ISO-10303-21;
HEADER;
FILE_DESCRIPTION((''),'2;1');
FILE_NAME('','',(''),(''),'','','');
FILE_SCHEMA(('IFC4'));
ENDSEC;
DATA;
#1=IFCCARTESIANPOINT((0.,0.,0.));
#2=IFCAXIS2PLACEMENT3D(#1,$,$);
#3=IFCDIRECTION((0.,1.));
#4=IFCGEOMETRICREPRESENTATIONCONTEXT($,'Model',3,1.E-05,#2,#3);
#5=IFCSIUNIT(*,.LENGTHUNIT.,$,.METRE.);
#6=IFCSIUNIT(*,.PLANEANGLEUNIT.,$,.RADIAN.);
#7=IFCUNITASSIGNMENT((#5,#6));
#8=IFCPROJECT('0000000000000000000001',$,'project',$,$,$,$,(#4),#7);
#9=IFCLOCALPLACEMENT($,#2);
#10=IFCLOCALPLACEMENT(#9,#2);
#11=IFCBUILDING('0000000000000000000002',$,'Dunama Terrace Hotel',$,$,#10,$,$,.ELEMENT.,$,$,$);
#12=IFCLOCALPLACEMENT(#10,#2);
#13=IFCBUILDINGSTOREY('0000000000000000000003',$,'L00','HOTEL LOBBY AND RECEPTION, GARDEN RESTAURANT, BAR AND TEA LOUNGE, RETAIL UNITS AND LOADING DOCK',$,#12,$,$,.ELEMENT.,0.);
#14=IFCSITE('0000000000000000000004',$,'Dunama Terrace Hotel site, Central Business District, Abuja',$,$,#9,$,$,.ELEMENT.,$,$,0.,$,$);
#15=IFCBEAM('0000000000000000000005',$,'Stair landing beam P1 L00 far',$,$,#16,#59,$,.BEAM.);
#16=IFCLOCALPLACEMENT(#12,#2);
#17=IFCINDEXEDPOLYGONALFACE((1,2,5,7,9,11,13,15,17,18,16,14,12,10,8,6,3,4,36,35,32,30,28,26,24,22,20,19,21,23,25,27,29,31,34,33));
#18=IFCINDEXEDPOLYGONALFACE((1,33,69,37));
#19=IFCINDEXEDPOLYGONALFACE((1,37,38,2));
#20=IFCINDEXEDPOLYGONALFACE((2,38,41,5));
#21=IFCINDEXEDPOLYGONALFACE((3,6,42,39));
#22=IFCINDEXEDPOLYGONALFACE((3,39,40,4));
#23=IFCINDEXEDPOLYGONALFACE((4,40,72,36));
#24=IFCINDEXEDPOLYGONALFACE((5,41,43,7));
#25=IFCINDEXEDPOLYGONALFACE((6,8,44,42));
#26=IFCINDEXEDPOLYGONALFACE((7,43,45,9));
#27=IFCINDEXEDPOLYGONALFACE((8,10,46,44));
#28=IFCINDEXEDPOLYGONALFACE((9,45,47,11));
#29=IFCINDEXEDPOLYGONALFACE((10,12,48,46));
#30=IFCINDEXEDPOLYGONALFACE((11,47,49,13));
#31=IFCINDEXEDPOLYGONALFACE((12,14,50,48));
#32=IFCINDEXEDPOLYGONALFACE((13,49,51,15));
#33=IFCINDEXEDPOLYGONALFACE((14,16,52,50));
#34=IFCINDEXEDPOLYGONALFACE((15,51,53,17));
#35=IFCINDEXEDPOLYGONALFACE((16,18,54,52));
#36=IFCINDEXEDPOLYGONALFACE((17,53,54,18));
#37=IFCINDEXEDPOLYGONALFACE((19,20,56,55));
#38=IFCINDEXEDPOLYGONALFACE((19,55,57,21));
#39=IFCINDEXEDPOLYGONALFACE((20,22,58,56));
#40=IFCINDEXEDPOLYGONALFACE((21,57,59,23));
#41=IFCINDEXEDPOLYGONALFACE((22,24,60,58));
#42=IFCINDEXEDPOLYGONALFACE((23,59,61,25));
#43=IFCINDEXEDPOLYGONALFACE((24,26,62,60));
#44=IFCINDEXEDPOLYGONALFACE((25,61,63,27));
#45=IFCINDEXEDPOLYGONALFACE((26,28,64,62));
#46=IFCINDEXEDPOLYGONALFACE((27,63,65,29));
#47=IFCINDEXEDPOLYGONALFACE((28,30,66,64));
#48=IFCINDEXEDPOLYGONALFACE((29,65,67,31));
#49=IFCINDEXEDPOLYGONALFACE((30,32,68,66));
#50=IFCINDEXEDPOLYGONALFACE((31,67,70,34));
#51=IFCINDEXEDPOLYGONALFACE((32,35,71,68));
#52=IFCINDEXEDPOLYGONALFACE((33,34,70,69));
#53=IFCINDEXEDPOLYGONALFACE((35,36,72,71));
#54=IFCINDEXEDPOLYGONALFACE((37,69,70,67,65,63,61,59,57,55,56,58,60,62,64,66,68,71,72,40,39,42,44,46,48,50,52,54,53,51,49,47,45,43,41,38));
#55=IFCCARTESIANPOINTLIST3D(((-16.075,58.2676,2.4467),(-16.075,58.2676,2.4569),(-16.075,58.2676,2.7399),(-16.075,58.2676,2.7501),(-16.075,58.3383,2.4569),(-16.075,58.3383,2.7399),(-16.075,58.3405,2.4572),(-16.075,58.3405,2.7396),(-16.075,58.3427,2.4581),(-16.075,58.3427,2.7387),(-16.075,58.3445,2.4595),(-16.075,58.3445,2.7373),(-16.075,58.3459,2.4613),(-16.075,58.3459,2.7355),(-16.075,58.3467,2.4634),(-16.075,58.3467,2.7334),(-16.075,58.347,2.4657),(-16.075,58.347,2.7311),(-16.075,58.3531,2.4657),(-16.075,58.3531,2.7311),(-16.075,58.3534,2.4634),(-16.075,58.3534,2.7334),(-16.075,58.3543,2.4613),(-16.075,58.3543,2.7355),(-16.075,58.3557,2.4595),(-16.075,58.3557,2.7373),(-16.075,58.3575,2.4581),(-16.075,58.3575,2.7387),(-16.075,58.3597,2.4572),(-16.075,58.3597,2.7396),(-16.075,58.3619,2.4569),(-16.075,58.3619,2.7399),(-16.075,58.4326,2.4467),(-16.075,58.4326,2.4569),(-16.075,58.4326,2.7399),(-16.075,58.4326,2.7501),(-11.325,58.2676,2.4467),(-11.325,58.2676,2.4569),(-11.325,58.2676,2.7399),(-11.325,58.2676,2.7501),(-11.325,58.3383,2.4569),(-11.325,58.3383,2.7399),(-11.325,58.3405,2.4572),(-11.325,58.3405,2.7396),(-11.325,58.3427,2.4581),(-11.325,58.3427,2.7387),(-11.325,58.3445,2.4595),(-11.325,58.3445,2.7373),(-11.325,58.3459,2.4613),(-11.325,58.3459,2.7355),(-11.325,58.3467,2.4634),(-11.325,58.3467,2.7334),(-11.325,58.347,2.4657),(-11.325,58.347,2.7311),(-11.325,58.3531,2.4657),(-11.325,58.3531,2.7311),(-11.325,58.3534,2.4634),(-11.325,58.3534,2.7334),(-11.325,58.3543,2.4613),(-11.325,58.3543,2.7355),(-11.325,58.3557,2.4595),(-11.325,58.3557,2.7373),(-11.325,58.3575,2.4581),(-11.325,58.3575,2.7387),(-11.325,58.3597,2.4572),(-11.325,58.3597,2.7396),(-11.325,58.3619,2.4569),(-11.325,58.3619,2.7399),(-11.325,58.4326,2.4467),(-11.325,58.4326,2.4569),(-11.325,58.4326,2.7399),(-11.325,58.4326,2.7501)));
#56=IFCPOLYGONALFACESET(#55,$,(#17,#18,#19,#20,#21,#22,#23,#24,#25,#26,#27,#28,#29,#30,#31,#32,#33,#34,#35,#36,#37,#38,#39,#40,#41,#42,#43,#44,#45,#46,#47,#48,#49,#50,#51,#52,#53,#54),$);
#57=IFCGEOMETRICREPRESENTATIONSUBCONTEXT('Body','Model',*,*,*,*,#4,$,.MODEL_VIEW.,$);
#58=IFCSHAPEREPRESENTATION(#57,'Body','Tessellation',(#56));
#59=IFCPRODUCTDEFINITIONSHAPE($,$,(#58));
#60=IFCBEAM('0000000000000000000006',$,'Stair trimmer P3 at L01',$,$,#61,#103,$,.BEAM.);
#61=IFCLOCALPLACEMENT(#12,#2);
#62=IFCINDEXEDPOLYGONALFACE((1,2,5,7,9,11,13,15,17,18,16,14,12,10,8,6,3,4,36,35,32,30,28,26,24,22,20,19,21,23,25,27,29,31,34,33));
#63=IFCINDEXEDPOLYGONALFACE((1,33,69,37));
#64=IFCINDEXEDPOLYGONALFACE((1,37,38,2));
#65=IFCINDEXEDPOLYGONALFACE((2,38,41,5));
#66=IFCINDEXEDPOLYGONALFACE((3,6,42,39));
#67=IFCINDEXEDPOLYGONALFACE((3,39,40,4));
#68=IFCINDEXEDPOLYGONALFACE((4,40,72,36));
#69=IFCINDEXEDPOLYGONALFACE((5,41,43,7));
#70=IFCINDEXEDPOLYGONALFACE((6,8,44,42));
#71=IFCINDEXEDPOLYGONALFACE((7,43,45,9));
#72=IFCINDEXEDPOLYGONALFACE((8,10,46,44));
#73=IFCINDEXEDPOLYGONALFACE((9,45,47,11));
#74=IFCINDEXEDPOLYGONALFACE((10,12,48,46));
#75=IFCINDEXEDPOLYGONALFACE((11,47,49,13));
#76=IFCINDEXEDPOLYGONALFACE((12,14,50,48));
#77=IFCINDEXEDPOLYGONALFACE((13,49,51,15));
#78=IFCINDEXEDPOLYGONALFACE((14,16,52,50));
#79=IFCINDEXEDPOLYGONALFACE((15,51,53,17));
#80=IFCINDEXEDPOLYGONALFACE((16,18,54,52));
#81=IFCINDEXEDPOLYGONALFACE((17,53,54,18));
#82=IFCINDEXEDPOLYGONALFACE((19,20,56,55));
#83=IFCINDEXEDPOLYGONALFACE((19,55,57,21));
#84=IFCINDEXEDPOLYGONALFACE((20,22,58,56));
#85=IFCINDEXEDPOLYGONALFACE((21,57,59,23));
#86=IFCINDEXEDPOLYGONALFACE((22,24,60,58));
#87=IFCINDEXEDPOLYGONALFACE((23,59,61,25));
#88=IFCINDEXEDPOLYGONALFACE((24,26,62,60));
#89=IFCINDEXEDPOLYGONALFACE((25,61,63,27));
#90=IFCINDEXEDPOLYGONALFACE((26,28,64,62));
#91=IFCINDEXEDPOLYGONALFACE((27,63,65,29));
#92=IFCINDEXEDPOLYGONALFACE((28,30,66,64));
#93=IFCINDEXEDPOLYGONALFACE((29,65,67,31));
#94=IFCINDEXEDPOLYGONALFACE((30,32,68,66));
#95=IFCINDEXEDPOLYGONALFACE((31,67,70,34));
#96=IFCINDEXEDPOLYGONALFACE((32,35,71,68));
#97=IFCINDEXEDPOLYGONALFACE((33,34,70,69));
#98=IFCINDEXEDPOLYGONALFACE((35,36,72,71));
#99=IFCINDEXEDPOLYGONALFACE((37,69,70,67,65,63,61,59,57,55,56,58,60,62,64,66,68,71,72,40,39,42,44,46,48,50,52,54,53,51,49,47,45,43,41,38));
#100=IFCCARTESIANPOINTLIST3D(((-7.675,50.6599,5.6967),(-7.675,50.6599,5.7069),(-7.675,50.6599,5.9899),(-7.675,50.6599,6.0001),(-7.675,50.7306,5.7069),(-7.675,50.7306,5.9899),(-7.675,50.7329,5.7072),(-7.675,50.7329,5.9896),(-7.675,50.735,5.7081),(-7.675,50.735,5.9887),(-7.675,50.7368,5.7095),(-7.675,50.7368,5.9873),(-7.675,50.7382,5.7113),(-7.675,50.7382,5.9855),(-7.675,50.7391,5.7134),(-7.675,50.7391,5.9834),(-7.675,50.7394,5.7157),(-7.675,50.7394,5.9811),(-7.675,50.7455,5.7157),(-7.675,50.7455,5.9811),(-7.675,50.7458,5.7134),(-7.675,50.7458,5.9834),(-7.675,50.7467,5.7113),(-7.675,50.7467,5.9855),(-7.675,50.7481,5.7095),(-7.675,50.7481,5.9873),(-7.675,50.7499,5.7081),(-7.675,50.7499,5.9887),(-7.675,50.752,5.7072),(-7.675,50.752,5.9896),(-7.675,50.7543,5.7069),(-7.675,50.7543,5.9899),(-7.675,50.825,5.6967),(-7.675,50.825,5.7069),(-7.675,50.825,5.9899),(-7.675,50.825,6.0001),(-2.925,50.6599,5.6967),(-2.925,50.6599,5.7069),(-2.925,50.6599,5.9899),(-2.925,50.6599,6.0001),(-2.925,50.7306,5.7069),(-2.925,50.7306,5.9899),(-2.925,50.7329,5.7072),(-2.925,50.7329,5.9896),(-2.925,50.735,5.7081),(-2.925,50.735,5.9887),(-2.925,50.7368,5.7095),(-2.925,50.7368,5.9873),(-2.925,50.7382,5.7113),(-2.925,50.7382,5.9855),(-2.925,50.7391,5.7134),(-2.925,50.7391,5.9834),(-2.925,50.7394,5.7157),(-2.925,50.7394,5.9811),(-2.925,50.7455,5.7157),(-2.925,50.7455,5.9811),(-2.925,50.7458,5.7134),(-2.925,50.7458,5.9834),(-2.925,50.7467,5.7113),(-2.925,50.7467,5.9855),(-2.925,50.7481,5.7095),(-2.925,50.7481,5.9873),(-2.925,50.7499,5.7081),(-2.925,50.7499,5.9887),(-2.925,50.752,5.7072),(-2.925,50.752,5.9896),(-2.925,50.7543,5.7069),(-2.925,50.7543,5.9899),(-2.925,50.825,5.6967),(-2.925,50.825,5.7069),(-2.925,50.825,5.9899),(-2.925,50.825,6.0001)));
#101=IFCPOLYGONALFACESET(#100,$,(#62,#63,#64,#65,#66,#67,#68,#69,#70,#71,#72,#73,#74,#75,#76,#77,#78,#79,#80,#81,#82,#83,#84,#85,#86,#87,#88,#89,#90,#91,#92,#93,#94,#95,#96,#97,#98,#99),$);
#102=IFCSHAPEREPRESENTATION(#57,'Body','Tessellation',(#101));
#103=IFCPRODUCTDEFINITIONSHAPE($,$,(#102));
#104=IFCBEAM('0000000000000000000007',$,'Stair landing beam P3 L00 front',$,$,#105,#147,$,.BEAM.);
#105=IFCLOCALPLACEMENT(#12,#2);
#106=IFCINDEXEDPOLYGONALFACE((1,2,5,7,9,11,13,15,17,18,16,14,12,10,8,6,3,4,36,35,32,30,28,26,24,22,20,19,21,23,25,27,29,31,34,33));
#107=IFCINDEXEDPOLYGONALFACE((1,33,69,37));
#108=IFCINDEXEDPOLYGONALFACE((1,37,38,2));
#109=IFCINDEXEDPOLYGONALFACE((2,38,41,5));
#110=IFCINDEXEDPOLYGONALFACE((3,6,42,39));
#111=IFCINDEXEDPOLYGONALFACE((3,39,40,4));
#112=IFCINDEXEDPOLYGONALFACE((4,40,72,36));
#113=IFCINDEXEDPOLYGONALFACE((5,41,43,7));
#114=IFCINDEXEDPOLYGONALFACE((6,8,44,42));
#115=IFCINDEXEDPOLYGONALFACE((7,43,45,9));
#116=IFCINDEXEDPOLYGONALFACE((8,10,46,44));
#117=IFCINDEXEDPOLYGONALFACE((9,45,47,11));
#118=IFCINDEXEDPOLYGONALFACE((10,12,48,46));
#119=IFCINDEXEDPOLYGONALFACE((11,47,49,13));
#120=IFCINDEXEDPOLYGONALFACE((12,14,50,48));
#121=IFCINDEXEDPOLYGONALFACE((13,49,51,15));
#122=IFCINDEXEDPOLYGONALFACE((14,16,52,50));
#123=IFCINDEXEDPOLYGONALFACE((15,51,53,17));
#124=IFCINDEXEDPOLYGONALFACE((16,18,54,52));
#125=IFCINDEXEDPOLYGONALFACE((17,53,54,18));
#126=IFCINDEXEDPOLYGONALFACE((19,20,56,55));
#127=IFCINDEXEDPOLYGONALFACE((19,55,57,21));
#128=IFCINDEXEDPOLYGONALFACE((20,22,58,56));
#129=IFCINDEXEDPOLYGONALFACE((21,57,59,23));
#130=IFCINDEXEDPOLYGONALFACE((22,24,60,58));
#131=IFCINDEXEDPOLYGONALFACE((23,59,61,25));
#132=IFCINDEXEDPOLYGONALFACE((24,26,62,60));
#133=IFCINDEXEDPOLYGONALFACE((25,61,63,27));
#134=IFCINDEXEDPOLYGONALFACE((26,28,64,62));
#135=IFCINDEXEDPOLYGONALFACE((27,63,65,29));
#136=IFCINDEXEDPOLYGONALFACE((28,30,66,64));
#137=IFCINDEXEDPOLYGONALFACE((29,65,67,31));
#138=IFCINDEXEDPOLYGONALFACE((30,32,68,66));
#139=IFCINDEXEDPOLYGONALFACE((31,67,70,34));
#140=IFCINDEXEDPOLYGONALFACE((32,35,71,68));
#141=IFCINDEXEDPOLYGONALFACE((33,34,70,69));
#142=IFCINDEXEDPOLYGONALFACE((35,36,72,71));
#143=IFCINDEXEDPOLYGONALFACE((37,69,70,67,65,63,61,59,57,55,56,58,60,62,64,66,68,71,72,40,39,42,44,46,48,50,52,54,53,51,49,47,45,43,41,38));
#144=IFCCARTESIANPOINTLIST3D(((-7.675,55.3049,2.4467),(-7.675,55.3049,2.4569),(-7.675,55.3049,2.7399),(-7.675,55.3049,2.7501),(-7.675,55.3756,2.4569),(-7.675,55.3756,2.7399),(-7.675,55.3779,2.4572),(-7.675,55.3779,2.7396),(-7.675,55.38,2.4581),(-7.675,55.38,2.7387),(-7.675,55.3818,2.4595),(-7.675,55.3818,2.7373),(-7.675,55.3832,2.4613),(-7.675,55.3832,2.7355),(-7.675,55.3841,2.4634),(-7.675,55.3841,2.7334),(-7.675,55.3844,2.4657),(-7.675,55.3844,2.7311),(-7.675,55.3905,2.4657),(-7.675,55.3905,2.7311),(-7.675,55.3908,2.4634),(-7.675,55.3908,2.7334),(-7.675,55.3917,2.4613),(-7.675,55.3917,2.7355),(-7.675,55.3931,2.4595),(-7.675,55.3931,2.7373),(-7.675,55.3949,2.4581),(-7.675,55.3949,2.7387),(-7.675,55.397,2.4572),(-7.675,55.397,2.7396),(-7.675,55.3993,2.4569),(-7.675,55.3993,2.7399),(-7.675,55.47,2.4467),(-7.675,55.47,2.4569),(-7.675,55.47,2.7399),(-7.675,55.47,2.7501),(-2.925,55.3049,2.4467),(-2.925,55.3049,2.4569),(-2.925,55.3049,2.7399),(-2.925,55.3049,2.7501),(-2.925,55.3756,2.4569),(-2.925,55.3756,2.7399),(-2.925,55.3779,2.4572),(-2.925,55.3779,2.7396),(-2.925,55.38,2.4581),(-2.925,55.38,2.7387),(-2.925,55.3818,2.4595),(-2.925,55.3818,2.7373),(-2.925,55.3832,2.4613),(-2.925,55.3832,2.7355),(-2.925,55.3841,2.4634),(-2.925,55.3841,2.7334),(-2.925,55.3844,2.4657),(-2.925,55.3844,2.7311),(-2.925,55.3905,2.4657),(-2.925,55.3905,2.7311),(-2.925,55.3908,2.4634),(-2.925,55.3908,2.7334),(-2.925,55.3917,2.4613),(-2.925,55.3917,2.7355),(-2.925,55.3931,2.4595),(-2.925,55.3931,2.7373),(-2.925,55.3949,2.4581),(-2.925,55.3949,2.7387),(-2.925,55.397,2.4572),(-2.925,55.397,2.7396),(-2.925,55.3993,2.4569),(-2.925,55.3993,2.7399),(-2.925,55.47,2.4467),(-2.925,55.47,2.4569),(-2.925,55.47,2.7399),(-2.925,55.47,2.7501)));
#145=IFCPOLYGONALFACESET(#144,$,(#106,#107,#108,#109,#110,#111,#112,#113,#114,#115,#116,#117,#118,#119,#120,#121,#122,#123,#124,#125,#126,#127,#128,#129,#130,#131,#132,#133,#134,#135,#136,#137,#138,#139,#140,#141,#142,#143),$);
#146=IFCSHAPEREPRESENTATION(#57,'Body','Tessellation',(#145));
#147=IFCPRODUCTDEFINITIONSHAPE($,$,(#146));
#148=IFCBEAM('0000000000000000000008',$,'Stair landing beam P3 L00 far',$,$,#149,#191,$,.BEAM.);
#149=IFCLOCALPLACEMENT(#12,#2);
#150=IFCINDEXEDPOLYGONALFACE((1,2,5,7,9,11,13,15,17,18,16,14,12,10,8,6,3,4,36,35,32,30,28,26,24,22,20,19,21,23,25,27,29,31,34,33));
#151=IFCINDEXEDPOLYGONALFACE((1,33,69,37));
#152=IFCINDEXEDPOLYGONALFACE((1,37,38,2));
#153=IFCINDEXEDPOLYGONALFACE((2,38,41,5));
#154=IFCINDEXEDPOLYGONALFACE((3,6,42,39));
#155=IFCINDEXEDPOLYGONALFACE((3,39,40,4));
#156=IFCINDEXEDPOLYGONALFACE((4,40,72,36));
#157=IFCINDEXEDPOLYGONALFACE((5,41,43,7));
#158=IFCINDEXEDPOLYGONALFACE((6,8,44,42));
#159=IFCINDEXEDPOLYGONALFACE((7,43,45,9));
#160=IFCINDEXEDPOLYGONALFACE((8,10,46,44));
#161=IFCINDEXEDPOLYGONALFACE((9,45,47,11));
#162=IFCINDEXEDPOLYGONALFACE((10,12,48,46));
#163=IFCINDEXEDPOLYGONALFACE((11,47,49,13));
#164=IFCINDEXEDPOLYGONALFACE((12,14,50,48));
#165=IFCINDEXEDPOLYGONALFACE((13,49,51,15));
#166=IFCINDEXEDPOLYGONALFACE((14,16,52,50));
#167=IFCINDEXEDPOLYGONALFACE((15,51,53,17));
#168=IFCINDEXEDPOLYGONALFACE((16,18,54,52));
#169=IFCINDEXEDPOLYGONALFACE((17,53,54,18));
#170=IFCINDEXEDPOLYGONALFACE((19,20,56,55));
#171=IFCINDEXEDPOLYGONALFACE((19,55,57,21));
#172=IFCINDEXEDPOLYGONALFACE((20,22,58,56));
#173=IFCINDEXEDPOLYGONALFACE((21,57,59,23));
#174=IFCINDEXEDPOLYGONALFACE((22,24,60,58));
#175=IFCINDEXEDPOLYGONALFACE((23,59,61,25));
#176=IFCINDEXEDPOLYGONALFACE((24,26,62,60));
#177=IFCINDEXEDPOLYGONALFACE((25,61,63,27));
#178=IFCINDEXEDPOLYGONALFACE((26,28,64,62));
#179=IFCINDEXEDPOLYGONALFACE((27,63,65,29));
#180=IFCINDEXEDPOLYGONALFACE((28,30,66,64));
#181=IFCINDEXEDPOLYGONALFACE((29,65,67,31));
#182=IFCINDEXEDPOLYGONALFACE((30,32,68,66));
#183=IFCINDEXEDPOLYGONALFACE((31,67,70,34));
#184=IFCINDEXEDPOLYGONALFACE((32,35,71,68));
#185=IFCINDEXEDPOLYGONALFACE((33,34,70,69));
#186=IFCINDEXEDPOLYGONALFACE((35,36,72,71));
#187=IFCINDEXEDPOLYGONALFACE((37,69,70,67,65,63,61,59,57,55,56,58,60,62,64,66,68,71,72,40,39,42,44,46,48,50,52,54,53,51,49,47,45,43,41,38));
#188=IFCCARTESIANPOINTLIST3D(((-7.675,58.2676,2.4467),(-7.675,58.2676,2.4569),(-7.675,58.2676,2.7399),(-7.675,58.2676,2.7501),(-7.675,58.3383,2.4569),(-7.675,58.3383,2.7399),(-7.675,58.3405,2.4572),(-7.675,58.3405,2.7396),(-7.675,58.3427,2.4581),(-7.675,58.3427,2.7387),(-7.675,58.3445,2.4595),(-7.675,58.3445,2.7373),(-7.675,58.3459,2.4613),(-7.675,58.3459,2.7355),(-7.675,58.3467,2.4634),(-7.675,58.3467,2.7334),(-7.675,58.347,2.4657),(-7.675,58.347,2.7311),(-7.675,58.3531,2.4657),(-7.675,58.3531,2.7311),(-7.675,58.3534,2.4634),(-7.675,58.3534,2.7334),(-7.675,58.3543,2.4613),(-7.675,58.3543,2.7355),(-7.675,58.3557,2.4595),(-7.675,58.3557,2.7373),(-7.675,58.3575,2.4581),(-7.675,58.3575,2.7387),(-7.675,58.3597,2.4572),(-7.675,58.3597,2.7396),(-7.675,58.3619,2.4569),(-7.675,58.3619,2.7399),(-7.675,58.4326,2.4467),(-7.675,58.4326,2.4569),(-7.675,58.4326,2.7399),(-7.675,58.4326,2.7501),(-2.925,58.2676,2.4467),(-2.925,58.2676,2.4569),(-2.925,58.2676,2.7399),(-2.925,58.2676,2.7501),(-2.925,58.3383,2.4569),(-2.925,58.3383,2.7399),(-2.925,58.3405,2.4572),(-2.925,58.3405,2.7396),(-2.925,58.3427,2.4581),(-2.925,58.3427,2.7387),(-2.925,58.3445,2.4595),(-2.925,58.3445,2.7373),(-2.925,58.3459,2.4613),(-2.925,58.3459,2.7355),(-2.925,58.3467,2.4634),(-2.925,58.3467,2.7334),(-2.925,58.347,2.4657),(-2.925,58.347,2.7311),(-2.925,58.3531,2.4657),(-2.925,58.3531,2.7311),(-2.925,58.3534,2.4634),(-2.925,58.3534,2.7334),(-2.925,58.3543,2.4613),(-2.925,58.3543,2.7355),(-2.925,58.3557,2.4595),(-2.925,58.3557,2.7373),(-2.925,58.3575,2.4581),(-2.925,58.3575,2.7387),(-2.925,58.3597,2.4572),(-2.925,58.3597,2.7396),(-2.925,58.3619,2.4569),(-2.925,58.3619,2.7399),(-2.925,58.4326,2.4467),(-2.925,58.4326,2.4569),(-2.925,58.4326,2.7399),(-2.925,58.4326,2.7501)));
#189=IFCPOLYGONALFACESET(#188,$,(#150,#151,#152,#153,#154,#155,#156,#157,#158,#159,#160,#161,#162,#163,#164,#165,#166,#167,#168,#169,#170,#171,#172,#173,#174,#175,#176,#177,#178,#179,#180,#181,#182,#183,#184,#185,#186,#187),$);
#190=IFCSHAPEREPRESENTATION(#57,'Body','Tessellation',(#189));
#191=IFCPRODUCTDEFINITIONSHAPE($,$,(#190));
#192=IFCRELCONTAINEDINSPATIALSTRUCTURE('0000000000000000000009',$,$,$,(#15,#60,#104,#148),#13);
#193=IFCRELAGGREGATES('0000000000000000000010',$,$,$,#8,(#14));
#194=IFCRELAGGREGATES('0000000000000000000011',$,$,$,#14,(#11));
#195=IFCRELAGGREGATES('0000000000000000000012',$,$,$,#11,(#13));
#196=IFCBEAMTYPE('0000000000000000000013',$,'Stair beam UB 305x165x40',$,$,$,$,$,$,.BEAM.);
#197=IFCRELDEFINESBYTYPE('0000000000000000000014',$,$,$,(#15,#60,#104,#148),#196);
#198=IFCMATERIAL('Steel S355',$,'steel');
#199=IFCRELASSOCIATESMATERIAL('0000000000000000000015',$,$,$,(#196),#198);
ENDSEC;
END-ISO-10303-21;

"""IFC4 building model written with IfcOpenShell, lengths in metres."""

from ifc_helpers import new_model, si_unit, direction, frame, origin, origin_2d, place, context, subcontext, project, spatial, i_section, extrude, material, material_profile, profile_set, type_object, element, save


model = new_model("IFC4")

# Units and contexts
model_context = context("Model", 3, precision=1e-05, world=origin(), true_north=direction((0.0, 1.0)))
body_context = subcontext(model_context, "Body", "Model", "MODEL_VIEW")
ifc_project = project(units=[si_unit("LENGTHUNIT", "METRE"), si_unit("PLANEANGLEUNIT", "RADIAN")], contexts=[model_context])

# Site, building, storey
site_placement = place(None, origin())
site = spatial("IfcSite", under=ifc_project, at=site_placement, Name="Dunama Terrace Hotel site, Central Business District, Abuja", CompositionType="ELEMENT", RefElevation=0.0)
building_placement = place(site_placement, origin())
building = spatial("IfcBuilding", under=site, at=building_placement, Name="Dunama Terrace Hotel", CompositionType="ELEMENT")
storey_placement = place(building_placement, origin())
storey = spatial("IfcBuildingStorey", under=building, at=storey_placement, Name="L00", Description="HOTEL LOBBY AND RECEPTION, GARDEN RESTAURANT, BAR AND TEA LOUNGE, RETAIL UNITS AND LOADING DOCK", CompositionType="ELEMENT", Elevation=0.0)

# Beams
ifc_material_1 = material(Name="Steel S355", Category="steel")
ifc_material_profile_1 = material_profile(ifc_material_1, i_section(OverallWidth=0.165, OverallDepth=0.3035, WebThickness=0.0061, FlangeThickness=0.0103, FilletRadius=0.0088, at=origin_2d()), Name="UB 305x165x40")
ifc_profile_set_1 = profile_set([ifc_material_profile_1], Name="Steel S355")
beam_type = type_object("IfcBeamType", Name="Stair beam UB 305x165x40", PredefinedType="BEAM", material=ifc_profile_set_1)
for number, where, z_axis, x_axis, name in (
    (1, (-16.075, 58.3501, 2.5984), (1.0, 0.0, 0.0), (0.0, 1.0, 0.0), "Stair landing beam P1 L00 far"),
    (2, (-7.675, 50.7424, 5.8484), (1.0, 0.0, 0.0), (0.0, 1.0, 0.0), "Stair trimmer P3 at L01"),
    (3, (-7.675, 55.3875, 2.5984), (1.0, 0.0, 0.0), (0.0, 1.0, 0.0), "Stair landing beam P3 L00 front"),
    (4, (-7.675, 58.3501, 2.5984), (1.0, 0.0, 0.0), (0.0, 1.0, 0.0), "Stair landing beam P3 L00 far"),
):
    element("IfcBeam", number, at=place(storey_placement, frame(where, z_axis=z_axis, x_axis=x_axis)), inside=storey, type_object=beam_type, Name=name, PredefinedType="BEAM", context=body_context, shape_type="SweptSolid", body=[
        extrude(i_section(OverallWidth=0.165, OverallDepth=0.3035, WebThickness=0.0061, FlangeThickness=0.0103, FilletRadius=0.0088, at=origin_2d()), origin(), (0.0, 0.0, 1.0), 4.75),
    ])

save(model, "model.ifc")
